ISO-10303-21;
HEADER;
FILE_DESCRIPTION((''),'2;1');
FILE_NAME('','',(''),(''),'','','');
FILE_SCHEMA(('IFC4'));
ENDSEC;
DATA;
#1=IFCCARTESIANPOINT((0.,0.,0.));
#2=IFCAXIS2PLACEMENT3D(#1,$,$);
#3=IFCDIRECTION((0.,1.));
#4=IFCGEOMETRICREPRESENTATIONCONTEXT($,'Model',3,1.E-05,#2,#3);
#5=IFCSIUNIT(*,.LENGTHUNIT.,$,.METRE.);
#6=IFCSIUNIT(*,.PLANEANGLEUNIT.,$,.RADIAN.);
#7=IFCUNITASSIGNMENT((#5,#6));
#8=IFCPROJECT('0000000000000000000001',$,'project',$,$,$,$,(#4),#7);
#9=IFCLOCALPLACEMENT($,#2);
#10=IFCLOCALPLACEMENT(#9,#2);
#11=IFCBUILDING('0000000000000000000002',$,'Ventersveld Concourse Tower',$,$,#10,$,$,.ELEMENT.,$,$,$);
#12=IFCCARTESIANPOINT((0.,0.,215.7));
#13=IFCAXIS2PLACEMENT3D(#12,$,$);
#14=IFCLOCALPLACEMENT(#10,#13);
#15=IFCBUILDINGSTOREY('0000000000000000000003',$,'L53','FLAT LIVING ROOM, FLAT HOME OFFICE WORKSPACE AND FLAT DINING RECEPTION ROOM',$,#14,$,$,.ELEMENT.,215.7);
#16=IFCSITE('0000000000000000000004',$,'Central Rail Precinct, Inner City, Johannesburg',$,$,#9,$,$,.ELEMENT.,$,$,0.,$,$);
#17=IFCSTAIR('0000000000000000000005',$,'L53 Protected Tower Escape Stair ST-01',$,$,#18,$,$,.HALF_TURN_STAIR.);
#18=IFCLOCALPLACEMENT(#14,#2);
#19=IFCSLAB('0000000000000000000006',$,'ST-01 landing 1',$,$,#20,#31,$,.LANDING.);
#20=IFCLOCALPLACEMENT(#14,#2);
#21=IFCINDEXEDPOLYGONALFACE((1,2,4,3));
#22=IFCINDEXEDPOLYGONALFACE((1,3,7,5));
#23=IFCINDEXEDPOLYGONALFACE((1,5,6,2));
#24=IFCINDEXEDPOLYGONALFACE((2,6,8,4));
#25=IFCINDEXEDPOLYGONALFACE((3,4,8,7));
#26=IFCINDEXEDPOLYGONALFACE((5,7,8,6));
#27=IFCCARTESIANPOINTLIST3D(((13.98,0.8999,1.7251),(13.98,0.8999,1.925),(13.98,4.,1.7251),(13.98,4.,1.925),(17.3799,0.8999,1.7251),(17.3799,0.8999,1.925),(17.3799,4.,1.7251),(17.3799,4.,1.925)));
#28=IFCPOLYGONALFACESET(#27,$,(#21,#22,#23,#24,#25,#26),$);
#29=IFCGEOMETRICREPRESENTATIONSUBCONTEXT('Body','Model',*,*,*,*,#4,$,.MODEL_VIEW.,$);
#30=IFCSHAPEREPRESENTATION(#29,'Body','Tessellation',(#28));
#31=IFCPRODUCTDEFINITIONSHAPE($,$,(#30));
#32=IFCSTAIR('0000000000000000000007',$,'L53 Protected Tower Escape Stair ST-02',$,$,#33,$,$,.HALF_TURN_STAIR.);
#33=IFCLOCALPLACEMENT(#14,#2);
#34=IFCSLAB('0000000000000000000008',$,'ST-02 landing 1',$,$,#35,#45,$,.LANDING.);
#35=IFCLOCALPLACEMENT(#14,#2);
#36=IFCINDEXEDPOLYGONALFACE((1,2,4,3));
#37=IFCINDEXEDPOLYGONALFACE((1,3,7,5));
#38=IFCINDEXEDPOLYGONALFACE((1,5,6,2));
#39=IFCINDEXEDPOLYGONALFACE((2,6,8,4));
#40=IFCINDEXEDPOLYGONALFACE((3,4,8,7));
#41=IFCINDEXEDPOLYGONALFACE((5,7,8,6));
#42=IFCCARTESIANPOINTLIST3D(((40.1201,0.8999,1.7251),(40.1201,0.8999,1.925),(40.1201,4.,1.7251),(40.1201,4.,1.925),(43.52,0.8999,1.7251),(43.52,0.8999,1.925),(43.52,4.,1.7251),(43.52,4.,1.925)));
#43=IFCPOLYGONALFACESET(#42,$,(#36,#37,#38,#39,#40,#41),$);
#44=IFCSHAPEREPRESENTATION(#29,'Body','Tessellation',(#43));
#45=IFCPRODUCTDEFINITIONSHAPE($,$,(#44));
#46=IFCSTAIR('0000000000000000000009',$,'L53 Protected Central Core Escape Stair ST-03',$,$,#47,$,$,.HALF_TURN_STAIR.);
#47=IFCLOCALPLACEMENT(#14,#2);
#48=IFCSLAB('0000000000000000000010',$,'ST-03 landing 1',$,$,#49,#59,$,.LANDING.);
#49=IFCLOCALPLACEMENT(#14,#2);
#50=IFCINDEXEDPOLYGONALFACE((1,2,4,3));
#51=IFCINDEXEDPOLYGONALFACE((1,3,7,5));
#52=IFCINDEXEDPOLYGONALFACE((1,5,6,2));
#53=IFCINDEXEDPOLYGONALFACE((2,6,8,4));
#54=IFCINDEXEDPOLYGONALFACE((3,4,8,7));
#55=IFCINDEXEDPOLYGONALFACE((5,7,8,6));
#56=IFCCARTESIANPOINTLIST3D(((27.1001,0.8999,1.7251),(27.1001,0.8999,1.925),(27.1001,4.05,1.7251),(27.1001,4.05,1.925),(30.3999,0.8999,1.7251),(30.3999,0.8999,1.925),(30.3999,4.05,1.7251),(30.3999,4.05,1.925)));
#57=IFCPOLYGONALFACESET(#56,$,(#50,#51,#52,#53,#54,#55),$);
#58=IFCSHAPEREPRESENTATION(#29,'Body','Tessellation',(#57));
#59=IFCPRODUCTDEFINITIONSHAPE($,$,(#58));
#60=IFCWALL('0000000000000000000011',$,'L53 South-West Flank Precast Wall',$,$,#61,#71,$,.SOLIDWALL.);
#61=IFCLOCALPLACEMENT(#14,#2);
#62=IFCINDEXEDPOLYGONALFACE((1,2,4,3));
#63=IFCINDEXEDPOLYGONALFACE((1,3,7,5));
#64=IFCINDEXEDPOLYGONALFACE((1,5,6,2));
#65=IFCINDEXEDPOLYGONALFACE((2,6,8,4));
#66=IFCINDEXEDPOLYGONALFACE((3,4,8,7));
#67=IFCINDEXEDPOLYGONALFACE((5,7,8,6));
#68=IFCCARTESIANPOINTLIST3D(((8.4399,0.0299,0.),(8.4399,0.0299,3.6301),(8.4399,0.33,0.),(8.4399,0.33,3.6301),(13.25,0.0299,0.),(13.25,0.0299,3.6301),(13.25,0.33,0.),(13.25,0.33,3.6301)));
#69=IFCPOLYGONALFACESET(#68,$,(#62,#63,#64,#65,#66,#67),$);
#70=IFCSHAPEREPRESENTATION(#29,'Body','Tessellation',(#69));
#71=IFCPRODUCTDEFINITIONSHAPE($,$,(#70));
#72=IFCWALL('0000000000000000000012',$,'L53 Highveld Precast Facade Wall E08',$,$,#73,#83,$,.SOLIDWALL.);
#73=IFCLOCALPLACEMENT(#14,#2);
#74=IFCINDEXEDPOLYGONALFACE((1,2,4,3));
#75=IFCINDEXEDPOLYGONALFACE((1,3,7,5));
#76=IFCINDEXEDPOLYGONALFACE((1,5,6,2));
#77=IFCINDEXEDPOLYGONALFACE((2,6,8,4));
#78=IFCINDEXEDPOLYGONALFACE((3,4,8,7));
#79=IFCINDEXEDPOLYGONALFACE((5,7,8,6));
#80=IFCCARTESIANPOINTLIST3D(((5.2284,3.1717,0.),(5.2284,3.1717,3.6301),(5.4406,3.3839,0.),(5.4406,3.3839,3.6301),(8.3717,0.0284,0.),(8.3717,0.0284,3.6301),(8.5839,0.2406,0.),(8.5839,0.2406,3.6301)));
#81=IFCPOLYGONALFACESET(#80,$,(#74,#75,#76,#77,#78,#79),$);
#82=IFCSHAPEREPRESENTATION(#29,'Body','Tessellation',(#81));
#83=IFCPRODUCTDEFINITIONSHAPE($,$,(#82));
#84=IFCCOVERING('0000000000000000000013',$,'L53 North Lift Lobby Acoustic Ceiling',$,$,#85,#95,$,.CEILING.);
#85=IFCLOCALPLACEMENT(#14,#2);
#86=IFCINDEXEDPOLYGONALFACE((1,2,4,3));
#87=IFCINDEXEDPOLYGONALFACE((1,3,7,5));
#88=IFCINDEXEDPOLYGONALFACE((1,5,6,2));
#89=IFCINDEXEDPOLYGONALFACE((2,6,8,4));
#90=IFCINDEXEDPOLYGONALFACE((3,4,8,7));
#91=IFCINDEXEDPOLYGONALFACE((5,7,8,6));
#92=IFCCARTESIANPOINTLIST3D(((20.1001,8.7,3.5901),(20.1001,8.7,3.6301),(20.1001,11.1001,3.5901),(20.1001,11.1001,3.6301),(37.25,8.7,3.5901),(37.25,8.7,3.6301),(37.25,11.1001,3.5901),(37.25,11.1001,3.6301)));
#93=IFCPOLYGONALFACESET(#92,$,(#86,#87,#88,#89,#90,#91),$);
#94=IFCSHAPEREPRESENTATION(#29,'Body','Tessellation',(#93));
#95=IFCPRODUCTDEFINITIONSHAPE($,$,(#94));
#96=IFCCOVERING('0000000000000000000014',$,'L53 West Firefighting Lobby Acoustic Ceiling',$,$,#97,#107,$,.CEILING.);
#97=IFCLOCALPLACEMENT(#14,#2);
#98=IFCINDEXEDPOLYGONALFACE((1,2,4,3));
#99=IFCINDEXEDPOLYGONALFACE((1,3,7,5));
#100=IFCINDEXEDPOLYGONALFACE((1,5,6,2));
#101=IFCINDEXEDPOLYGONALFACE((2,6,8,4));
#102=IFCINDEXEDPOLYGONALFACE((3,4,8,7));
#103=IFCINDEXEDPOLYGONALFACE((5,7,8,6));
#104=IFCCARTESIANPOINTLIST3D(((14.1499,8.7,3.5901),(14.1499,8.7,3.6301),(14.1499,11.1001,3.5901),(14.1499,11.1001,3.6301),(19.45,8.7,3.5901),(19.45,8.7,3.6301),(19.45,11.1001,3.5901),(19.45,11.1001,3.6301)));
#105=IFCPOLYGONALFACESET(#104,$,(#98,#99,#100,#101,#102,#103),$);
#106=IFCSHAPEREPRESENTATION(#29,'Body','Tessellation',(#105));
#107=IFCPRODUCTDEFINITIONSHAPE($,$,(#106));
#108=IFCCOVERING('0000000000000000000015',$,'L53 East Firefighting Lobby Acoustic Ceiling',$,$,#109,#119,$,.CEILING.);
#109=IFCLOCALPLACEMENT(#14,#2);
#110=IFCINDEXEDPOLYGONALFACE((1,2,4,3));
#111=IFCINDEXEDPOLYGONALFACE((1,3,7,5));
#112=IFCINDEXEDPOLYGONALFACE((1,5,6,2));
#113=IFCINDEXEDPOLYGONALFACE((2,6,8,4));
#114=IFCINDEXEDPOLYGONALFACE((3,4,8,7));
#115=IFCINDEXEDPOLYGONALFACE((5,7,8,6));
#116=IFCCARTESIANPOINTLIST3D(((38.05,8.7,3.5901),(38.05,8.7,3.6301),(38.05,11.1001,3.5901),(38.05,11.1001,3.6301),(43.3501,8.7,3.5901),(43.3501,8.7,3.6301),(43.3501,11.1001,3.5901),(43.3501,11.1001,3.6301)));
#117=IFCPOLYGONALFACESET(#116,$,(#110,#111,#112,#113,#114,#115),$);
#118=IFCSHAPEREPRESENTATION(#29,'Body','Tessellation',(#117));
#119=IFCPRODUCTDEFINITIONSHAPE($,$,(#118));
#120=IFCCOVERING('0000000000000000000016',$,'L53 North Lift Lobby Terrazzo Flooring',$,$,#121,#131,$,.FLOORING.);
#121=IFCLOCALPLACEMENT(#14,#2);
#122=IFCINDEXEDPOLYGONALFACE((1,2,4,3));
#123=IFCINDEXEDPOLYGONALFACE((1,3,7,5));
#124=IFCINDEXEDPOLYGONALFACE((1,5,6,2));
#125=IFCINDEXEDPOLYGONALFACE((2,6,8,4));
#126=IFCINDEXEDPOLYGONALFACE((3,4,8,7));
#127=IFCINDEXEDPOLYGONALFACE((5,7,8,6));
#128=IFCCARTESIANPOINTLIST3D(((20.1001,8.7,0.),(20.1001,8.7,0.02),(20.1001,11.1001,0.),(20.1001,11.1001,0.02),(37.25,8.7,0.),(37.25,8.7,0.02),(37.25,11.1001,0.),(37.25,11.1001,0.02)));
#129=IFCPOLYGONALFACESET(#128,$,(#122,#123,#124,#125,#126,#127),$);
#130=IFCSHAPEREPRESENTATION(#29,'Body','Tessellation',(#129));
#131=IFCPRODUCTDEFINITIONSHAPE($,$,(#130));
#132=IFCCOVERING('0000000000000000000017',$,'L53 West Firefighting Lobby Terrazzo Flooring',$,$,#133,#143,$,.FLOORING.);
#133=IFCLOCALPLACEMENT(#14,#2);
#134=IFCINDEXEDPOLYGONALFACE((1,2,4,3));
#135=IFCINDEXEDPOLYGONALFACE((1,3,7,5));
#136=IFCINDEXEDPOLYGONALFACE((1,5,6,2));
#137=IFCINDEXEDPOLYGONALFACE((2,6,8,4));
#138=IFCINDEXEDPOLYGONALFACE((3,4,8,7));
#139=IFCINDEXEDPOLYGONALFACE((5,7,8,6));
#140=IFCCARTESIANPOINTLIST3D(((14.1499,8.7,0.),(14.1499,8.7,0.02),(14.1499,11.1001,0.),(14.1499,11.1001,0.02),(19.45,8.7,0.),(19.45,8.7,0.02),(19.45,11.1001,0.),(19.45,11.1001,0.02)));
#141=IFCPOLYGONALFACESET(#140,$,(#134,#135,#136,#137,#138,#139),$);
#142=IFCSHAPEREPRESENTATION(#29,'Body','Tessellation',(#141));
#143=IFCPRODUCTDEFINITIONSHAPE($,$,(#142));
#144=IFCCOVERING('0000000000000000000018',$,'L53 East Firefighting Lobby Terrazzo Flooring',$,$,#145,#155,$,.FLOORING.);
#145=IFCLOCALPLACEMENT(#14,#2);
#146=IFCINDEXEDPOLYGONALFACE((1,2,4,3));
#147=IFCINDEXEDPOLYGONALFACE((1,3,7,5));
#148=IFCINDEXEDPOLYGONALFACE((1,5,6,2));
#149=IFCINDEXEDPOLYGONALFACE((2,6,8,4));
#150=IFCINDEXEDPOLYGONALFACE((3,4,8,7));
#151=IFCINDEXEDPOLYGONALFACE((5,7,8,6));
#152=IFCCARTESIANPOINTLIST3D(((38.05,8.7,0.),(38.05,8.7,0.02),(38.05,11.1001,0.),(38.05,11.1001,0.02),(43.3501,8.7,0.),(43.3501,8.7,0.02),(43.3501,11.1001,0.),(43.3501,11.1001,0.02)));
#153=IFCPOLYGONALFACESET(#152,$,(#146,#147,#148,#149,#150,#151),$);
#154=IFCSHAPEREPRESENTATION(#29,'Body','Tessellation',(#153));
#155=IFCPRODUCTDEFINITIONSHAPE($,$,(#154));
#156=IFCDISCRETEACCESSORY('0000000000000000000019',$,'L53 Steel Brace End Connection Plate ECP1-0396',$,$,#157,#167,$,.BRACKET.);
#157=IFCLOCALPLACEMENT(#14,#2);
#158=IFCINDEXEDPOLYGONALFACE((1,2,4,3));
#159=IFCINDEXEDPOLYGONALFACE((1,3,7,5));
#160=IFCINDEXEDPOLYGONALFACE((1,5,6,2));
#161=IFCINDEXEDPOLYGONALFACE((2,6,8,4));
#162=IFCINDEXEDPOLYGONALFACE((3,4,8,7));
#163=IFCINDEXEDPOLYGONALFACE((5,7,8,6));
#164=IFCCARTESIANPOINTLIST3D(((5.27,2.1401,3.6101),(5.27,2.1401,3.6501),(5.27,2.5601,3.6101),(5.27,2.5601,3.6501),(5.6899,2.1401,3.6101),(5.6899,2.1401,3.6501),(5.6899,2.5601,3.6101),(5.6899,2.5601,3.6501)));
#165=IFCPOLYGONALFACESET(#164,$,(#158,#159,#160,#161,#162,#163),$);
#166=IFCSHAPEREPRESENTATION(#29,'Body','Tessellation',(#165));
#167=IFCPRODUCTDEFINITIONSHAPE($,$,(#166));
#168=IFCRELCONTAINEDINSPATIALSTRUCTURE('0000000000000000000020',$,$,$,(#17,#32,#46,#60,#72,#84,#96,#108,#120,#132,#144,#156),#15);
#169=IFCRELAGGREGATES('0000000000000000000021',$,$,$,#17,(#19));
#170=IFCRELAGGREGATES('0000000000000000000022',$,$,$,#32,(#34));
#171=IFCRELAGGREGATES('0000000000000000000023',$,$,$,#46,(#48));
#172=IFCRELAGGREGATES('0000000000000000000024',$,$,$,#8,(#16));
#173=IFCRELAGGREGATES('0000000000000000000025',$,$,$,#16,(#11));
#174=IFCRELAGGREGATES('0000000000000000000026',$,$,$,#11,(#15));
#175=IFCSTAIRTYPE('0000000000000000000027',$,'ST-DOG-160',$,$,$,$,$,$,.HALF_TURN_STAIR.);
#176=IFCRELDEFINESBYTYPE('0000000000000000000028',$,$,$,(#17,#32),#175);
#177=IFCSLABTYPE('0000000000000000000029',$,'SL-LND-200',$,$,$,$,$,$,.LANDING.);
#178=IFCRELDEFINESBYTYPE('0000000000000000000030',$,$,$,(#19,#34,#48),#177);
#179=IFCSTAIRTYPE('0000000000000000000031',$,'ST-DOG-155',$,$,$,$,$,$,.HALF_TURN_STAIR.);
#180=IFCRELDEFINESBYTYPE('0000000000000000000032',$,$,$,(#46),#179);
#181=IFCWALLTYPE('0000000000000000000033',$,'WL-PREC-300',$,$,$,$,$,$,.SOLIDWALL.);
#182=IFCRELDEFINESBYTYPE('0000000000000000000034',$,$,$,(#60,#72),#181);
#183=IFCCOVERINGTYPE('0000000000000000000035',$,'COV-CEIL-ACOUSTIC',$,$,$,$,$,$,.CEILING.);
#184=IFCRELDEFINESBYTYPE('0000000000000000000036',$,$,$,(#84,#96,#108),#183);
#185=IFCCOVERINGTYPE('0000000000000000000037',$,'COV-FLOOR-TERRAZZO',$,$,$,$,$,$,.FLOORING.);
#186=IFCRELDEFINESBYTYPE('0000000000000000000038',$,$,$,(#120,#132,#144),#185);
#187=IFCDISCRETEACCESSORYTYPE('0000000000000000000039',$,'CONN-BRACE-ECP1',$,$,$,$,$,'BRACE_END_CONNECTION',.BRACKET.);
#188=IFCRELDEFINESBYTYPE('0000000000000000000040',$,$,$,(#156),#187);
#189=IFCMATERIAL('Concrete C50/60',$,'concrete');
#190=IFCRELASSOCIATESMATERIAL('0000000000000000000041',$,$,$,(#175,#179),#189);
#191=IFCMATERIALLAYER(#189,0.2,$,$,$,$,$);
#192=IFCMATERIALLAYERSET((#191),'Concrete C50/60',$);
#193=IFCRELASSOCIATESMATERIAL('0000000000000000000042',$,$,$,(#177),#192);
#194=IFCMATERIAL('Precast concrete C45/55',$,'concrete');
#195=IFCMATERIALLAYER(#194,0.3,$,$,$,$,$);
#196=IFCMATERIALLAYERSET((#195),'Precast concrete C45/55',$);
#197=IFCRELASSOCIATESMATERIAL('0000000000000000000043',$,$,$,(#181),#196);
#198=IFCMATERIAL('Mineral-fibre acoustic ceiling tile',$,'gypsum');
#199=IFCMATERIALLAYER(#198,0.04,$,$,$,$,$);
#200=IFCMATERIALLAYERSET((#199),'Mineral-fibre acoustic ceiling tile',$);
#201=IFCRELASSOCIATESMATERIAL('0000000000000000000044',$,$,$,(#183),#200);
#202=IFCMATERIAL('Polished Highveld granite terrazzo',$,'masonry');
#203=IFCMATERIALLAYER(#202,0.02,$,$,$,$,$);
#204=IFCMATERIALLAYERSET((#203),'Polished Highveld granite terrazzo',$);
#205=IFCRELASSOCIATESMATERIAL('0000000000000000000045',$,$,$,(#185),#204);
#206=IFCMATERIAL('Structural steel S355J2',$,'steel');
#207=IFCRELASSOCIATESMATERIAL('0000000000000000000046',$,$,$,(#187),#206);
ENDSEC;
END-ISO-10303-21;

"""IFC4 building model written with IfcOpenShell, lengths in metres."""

from ifc_helpers import new_model, si_unit, direction, frame, frame_2d, origin, origin_2d, place, context, subcontext, project, spatial, polyline, rectangle, outline, extrude, material, layer, layer_set, type_object, element, aggregate, save


model = new_model("IFC4")

# Units and contexts
model_context = context("Model", 3, precision=1e-05, world=origin(), true_north=direction((0.0, 1.0)))
body_context = subcontext(model_context, "Body", "Model", "MODEL_VIEW")
ifc_project = project(units=[si_unit("LENGTHUNIT", "METRE"), si_unit("PLANEANGLEUNIT", "RADIAN")], contexts=[model_context])

# Site, building, storey
site_placement = place(None, origin())
site = spatial("IfcSite", under=ifc_project, at=site_placement, Name="Central Rail Precinct, Inner City, Johannesburg", CompositionType="ELEMENT", RefElevation=0.0)
building_placement = place(site_placement, origin())
building = spatial("IfcBuilding", under=site, at=building_placement, Name="Ventersveld Concourse Tower", CompositionType="ELEMENT")
storey_placement = place(building_placement, frame((0.0, 0.0, 215.7)))
storey = spatial("IfcBuildingStorey", under=building, at=storey_placement, Name="L53", Description="FLAT LIVING ROOM, FLAT HOME OFFICE WORKSPACE AND FLAT DINING RECEPTION ROOM", CompositionType="ELEMENT", Elevation=215.7)

# Shared definitions
ifc_material_1 = material(Name="Structural steel S355J2", Category="steel")

# Shared definitions
ifc_material_2 = material(Name="Concrete C50/60", Category="concrete")

# Stairs, slabs
stair_type_1 = type_object("IfcStairType", Name="ST-DOG-160", PredefinedType="HALF_TURN_STAIR", material=ifc_material_2)
stair_1_placement = place(storey_placement, origin())
stair_1 = element("IfcStair", 1, at=stair_1_placement, inside=storey, type_object=stair_type_1, Name="L53 Protected Tower Escape Stair ST-01", PredefinedType="HALF_TURN_STAIR")
ifc_layer_1 = layer(ifc_material_2, 0.2)
ifc_layer_set_1 = layer_set([ifc_layer_1], Name="Concrete C50/60")
slab_type_1 = type_object("IfcSlabType", Name="SL-LND-200", PredefinedType="LANDING", material=ifc_layer_set_1)
slab_1_placement = place(storey_placement, frame((0.0, 0.0, 1.7251)))
slab_1 = element("IfcSlab", 2, at=slab_1_placement, type_object=slab_type_1, Name="ST-01 landing 1", PredefinedType="LANDING", context=body_context, shape_type="SweptSolid", body=[
    extrude(outline(polyline([(13.98, 4.0), (13.98, 0.8999), (17.3799, 0.8999), (17.3799, 4.0), (13.98, 4.0)])), origin(), (0.0, 0.0, 1.0), 0.2),
])
aggregate(stair_1, [slab_1])
stair_2_placement = place(storey_placement, origin())
stair_2 = element("IfcStair", 3, at=stair_2_placement, inside=storey, type_object=stair_type_1, Name="L53 Protected Tower Escape Stair ST-02", PredefinedType="HALF_TURN_STAIR")
slab_2_placement = place(storey_placement, frame((0.0, 0.0, 1.7251)))
slab_2 = element("IfcSlab", 4, at=slab_2_placement, type_object=slab_type_1, Name="ST-02 landing 1", PredefinedType="LANDING", context=body_context, shape_type="SweptSolid", body=[
    extrude(outline(polyline([(40.1201, 4.0), (40.1201, 0.8999), (43.52, 0.8999), (43.52, 4.0), (40.1201, 4.0)])), origin(), (0.0, 0.0, 1.0), 0.2),
])
aggregate(stair_2, [slab_2])
stair_type_2 = type_object("IfcStairType", Name="ST-DOG-155", PredefinedType="HALF_TURN_STAIR", material=ifc_material_2)
stair_3_placement = place(storey_placement, origin())
stair_3 = element("IfcStair", 5, at=stair_3_placement, inside=storey, type_object=stair_type_2, Name="L53 Protected Central Core Escape Stair ST-03", PredefinedType="HALF_TURN_STAIR")
slab_3_placement = place(storey_placement, frame((0.0, 0.0, 1.7251)))
slab_3 = element("IfcSlab", 6, at=slab_3_placement, type_object=slab_type_1, Name="ST-03 landing 1", PredefinedType="LANDING", context=body_context, shape_type="SweptSolid", body=[
    extrude(outline(polyline([(27.1001, 4.05), (27.1001, 0.8999), (30.3999, 0.8999), (30.3999, 4.05), (27.1001, 4.05)])), origin(), (0.0, 0.0, 1.0), 0.2),
])
aggregate(stair_3, [slab_3])

# Walls
ifc_material_3 = material(Name="Precast concrete C45/55", Category="concrete")
ifc_layer_2 = layer(ifc_material_3, 0.3)
ifc_layer_set_2 = layer_set([ifc_layer_2], Name="Precast concrete C45/55")
wall_type = type_object("IfcWallType", Name="WL-PREC-300", PredefinedType="SOLIDWALL", material=ifc_layer_set_2)
wall_1_placement = place(storey_placement, frame((8.4399, 0.1799, 0.0), z_axis=(0.0, 0.0, 1.0), x_axis=(1.0, 0.0, 0.0)))
element("IfcWall", 7, at=wall_1_placement, inside=storey, type_object=wall_type, Name="L53 South-West Flank Precast Wall", PredefinedType="SOLIDWALL", context=body_context, shape_type="SweptSolid", body=[
    extrude(rectangle(XDim=4.8101, YDim=0.3, at=frame_2d((2.405, 0.0))), origin(), (0.0, 0.0, 1.0), 3.6301),
])
wall_2_placement = place(storey_placement, frame((5.3345, 3.2778, 0.0), z_axis=(0.0, 0.0, 1.0), x_axis=(0.707107, -0.707107, 0.0)))
element("IfcWall", 8, at=wall_2_placement, inside=storey, type_object=wall_type, Name="L53 Highveld Precast Facade Wall E08", PredefinedType="SOLIDWALL", context=body_context, shape_type="SweptSolid", body=[
    extrude(rectangle(XDim=4.4453, YDim=0.3, at=frame_2d((2.2227, 0.0))), origin(), (0.0, 0.0, 1.0), 3.6301),
])

# Coverings
ifc_material_4 = material(Name="Mineral-fibre acoustic ceiling tile", Category="gypsum")
ifc_layer_3 = layer(ifc_material_4, 0.04)
ifc_layer_set_3 = layer_set([ifc_layer_3], Name="Mineral-fibre acoustic ceiling tile")
covering_type_1 = type_object("IfcCoveringType", Name="COV-CEIL-ACOUSTIC", PredefinedType="CEILING", material=ifc_layer_set_3)
covering_1_placement = place(storey_placement, frame((0.0, 0.0, 3.5901)))
element("IfcCovering", 9, at=covering_1_placement, inside=storey, type_object=covering_type_1, Name="L53 North Lift Lobby Acoustic Ceiling", PredefinedType="CEILING", context=body_context, shape_type="SweptSolid", body=[
    extrude(outline(polyline([(20.1001, 8.7), (37.25, 8.7), (37.25, 11.1001), (20.1001, 11.1001), (20.1001, 8.7)])), origin(), (0.0, 0.0, 1.0), 0.04),
])
covering_2_placement = place(storey_placement, frame((0.0, 0.0, 3.5901)))
element("IfcCovering", 10, at=covering_2_placement, inside=storey, type_object=covering_type_1, Name="L53 West Firefighting Lobby Acoustic Ceiling", PredefinedType="CEILING", context=body_context, shape_type="SweptSolid", body=[
    extrude(outline(polyline([(14.1499, 8.7), (19.45, 8.7), (19.45, 11.1001), (14.1499, 11.1001), (14.1499, 8.7)])), origin(), (0.0, 0.0, 1.0), 0.04),
])
covering_3_placement = place(storey_placement, frame((0.0, 0.0, 3.5901)))
element("IfcCovering", 11, at=covering_3_placement, inside=storey, type_object=covering_type_1, Name="L53 East Firefighting Lobby Acoustic Ceiling", PredefinedType="CEILING", context=body_context, shape_type="SweptSolid", body=[
    extrude(outline(polyline([(38.05, 8.7), (43.3501, 8.7), (43.3501, 11.1001), (38.05, 11.1001), (38.05, 8.7)])), origin(), (0.0, 0.0, 1.0), 0.04),
])
ifc_material_5 = material(Name="Polished Highveld granite terrazzo", Category="masonry")
ifc_layer_4 = layer(ifc_material_5, 0.02)
ifc_layer_set_4 = layer_set([ifc_layer_4], Name="Polished Highveld granite terrazzo")
covering_type_2 = type_object("IfcCoveringType", Name="COV-FLOOR-TERRAZZO", PredefinedType="FLOORING", material=ifc_layer_set_4)
covering_4_placement = place(storey_placement, origin())
element("IfcCovering", 12, at=covering_4_placement, inside=storey, type_object=covering_type_2, Name="L53 North Lift Lobby Terrazzo Flooring", PredefinedType="FLOORING", context=body_context, shape_type="SweptSolid", body=[
    extrude(outline(polyline([(20.1001, 8.7), (37.25, 8.7), (37.25, 11.1001), (20.1001, 11.1001), (20.1001, 8.7)])), origin(), (0.0, 0.0, 1.0), 0.02),
])
covering_5_placement = place(storey_placement, origin())
element("IfcCovering", 13, at=covering_5_placement, inside=storey, type_object=covering_type_2, Name="L53 West Firefighting Lobby Terrazzo Flooring", PredefinedType="FLOORING", context=body_context, shape_type="SweptSolid", body=[
    extrude(outline(polyline([(14.1499, 8.7), (19.45, 8.7), (19.45, 11.1001), (14.1499, 11.1001), (14.1499, 8.7)])), origin(), (0.0, 0.0, 1.0), 0.02),
])
covering_6_placement = place(storey_placement, origin())
element("IfcCovering", 14, at=covering_6_placement, inside=storey, type_object=covering_type_2, Name="L53 East Firefighting Lobby Terrazzo Flooring", PredefinedType="FLOORING", context=body_context, shape_type="SweptSolid", body=[
    extrude(outline(polyline([(38.05, 8.7), (43.3501, 8.7), (43.3501, 11.1001), (38.05, 11.1001), (38.05, 8.7)])), origin(), (0.0, 0.0, 1.0), 0.02),
])

# Discrete accessory
discrete_accessory_type = type_object("IfcDiscreteAccessoryType", Name="CONN-BRACE-ECP1", ElementType="BRACE_END_CONNECTION", PredefinedType="BRACKET", material=ifc_material_1)
discrete_accessory_placement = place(storey_placement, frame((5.48, 2.3501, 3.6101), z_axis=(0.0, 0.0, 1.0), x_axis=(1.0, 0.0, 0.0)))
element("IfcDiscreteAccessory", 15, at=discrete_accessory_placement, inside=storey, type_object=discrete_accessory_type, Name="L53 Steel Brace End Connection Plate ECP1-0396", PredefinedType="BRACKET", context=body_context, shape_type="SweptSolid", body=[
    extrude(rectangle(XDim=0.4199, YDim=0.4199, at=origin_2d()), origin(), (0.0, 0.0, 1.0), 0.04),
])

save(model, "model.ifc")
